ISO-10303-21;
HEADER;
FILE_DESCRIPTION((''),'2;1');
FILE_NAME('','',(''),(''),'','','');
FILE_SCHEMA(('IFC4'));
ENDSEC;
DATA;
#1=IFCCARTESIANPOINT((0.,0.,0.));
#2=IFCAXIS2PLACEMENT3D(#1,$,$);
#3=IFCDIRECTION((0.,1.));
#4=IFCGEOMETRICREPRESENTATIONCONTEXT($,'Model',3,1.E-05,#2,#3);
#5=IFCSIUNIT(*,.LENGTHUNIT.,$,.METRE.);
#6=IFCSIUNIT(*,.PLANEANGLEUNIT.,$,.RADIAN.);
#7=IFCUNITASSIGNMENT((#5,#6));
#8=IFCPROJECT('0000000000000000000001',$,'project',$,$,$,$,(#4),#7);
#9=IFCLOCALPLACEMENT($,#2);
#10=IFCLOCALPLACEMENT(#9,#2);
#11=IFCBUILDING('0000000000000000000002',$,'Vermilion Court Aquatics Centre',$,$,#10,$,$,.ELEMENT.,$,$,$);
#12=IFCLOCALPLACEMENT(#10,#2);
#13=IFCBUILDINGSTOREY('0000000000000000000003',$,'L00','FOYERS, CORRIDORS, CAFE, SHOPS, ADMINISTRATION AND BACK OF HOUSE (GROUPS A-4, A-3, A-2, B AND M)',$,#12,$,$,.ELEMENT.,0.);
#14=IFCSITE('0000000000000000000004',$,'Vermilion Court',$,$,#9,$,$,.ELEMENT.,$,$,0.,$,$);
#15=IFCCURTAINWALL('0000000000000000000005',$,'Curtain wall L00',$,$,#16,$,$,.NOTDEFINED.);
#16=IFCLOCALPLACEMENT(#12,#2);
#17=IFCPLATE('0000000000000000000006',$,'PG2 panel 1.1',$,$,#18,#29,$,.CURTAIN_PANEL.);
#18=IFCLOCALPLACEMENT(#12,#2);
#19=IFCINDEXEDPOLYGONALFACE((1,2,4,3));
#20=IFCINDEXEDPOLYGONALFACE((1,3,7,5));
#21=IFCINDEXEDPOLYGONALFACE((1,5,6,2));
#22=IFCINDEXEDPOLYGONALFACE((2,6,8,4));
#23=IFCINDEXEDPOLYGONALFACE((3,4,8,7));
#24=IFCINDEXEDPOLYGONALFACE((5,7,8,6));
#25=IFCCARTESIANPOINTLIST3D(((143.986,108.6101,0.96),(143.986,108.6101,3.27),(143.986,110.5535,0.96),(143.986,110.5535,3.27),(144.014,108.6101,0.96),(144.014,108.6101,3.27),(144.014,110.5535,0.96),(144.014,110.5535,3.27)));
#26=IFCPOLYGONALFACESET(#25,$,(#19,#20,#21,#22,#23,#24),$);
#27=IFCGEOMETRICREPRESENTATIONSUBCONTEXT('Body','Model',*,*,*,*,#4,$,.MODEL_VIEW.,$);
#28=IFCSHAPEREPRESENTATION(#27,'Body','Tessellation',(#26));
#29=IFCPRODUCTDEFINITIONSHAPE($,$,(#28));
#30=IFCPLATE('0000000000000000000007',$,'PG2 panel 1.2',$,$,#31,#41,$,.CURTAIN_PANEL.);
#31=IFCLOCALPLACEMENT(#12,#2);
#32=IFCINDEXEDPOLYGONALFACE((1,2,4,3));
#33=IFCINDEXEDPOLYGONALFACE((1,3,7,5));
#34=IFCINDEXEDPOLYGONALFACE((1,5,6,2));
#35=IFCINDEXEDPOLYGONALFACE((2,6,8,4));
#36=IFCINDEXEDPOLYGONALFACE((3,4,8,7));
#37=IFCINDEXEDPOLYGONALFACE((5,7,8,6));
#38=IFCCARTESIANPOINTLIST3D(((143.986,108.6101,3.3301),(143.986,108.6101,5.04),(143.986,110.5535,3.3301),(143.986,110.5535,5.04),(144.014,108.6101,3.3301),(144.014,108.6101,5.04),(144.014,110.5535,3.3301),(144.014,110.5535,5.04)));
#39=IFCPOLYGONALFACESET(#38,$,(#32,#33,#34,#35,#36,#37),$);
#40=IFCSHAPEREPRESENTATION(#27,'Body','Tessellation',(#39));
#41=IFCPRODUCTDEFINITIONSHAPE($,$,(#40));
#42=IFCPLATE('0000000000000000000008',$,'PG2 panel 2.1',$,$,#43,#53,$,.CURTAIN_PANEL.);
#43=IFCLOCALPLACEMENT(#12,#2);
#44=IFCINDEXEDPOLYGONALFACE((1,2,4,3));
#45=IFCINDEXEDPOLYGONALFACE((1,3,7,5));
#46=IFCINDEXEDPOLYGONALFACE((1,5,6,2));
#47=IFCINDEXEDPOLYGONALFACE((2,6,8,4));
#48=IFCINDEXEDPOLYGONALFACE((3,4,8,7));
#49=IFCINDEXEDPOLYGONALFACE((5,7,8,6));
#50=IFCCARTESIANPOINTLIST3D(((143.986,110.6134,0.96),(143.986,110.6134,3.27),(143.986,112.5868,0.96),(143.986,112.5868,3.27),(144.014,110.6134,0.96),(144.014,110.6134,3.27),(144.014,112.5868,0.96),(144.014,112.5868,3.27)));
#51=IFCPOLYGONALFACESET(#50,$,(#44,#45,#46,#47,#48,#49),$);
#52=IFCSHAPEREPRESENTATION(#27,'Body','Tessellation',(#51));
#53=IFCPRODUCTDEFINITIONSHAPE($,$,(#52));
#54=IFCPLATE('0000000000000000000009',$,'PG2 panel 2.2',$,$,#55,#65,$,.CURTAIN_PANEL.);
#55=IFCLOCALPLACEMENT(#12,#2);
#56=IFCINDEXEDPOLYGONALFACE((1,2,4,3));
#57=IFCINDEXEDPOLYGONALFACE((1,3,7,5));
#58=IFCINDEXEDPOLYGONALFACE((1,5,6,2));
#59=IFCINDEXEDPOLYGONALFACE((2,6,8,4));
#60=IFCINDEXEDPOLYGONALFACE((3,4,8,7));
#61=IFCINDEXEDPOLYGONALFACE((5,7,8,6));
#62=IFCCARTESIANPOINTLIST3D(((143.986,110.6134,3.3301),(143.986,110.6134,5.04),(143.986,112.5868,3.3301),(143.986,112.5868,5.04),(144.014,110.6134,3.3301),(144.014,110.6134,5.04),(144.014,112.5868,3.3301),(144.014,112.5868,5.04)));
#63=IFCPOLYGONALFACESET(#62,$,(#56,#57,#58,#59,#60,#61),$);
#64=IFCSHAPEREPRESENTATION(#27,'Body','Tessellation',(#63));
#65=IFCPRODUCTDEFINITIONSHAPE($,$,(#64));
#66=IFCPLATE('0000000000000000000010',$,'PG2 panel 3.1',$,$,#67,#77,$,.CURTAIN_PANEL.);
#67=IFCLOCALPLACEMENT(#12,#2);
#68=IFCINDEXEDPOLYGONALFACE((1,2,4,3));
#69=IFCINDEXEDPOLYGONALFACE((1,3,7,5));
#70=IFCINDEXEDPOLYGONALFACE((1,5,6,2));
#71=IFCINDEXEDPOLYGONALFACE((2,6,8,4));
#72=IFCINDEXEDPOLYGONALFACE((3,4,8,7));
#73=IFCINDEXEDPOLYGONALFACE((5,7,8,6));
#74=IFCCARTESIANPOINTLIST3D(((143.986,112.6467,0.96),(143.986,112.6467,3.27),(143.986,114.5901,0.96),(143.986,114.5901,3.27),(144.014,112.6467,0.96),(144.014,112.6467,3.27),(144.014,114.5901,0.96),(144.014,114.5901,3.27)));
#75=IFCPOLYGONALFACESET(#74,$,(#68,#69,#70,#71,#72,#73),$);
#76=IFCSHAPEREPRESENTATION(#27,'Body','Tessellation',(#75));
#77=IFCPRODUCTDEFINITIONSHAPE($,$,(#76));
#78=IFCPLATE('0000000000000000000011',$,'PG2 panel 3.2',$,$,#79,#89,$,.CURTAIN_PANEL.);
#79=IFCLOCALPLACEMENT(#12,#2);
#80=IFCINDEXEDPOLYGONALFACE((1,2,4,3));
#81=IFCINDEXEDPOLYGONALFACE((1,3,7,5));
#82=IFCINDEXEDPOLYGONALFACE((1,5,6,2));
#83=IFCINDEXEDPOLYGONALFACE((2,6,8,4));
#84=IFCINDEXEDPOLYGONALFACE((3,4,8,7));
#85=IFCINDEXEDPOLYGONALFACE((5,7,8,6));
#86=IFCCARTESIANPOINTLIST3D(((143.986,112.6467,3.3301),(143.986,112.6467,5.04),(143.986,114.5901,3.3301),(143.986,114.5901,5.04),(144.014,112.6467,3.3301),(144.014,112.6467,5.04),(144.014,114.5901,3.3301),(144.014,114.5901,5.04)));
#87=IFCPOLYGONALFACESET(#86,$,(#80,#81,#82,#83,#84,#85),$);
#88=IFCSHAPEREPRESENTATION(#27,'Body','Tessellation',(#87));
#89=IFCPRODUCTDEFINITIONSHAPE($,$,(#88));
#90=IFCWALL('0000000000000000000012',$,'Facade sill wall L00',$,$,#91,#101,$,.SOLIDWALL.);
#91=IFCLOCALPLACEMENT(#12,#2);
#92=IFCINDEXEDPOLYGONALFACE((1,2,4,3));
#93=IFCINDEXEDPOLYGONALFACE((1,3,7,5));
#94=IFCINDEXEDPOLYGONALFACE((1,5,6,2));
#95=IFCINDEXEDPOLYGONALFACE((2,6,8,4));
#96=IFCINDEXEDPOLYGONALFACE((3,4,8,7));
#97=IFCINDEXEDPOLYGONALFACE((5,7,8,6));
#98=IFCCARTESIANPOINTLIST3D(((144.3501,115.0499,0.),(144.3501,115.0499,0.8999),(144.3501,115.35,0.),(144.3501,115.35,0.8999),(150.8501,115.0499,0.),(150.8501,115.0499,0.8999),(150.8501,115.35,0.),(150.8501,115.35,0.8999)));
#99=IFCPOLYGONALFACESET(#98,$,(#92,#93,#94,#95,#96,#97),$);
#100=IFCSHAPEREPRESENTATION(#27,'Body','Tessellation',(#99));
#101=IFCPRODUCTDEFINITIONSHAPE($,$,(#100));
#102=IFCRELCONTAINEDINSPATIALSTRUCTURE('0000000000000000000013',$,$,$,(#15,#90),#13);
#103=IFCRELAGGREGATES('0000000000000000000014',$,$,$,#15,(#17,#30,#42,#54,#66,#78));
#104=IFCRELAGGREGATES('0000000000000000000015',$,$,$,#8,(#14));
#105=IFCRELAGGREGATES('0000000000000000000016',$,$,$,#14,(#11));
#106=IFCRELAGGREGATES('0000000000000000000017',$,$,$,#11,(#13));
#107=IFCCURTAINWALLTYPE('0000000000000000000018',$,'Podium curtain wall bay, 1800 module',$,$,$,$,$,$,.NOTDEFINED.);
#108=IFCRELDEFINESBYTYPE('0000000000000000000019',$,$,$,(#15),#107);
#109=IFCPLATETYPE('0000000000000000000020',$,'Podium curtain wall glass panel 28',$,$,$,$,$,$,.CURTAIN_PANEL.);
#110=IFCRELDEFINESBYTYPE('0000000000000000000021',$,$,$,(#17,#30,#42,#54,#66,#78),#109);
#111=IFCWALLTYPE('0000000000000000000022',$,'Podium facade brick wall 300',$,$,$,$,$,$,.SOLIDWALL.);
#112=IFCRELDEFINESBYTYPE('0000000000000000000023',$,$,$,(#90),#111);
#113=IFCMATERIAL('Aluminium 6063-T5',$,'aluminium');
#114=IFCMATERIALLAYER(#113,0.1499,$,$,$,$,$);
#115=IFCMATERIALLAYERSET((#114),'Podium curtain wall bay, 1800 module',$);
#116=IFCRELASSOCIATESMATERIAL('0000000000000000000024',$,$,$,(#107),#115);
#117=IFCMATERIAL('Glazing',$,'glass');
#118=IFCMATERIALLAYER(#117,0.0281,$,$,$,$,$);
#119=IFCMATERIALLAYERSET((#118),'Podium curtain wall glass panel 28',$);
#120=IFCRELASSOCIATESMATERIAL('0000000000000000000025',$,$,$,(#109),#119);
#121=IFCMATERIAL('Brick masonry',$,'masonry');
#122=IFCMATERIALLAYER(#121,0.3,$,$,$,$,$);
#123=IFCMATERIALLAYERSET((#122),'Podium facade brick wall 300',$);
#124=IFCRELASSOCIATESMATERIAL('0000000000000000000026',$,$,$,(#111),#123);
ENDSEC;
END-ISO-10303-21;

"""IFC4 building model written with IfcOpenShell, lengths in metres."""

from ifc_helpers import new_model, si_unit, direction, frame, frame_2d, origin, origin_2d, place, context, subcontext, project, spatial, rectangle, extrude, material, layer, layer_set, type_object, element, aggregate, save


model = new_model("IFC4")

# Units and contexts
model_context = context("Model", 3, precision=1e-05, world=origin(), true_north=direction((0.0, 1.0)))
body_context = subcontext(model_context, "Body", "Model", "MODEL_VIEW")
ifc_project = project(units=[si_unit("LENGTHUNIT", "METRE"), si_unit("PLANEANGLEUNIT", "RADIAN")], contexts=[model_context])

# Site, building, storey
site_placement = place(None, origin())
site = spatial("IfcSite", under=ifc_project, at=site_placement, Name="Vermilion Court", CompositionType="ELEMENT", RefElevation=0.0)
building_placement = place(site_placement, origin())
building = spatial("IfcBuilding", under=site, at=building_placement, Name="Vermilion Court Aquatics Centre", CompositionType="ELEMENT")
storey_placement = place(building_placement, origin())
storey = spatial("IfcBuildingStorey", under=building, at=storey_placement, Name="L00", Description="FOYERS, CORRIDORS, CAFE, SHOPS, ADMINISTRATION AND BACK OF HOUSE (GROUPS A-4, A-3, A-2, B AND M)", CompositionType="ELEMENT", Elevation=0.0)

# Shared definitions
ifc_material_1 = material(Name="Aluminium 6063-T5", Category="aluminium")
ifc_layer_1 = layer(ifc_material_1, 0.1499)
ifc_layer_set_1 = layer_set([ifc_layer_1], Name="Podium curtain wall bay, 1800 module")
curtain_wall_type = type_object("IfcCurtainWallType", Name="Podium curtain wall bay, 1800 module", PredefinedType="NOTDEFINED", material=ifc_layer_set_1)

# Curtain wall
curtain_wall_1_placement = place(storey_placement, origin())
curtain_wall_1 = element("IfcCurtainWall", 1, at=curtain_wall_1_placement, inside=storey, type_object=curtain_wall_type, Name="Curtain wall L00", PredefinedType="NOTDEFINED")

# Plates
ifc_material_2 = material(Name="Glazing", Category="glass")
ifc_layer_2 = layer(ifc_material_2, 0.0281)
ifc_layer_set_2 = layer_set([ifc_layer_2], Name="Podium curtain wall glass panel 28")
plate_type = type_object("IfcPlateType", Name="Podium curtain wall glass panel 28", PredefinedType="CURTAIN_PANEL", material=ifc_layer_set_2)
plate_1_placement = place(storey_placement, frame((144.0, 109.5818, 0.96), z_axis=(0.0, 0.0, 1.0), x_axis=(0.0, 1.0, 0.0)))
plate_1 = element("IfcPlate", 2, at=plate_1_placement, type_object=plate_type, Name="PG2 panel 1.1", PredefinedType="CURTAIN_PANEL", context=body_context, shape_type="SweptSolid", body=[
    extrude(rectangle(XDim=1.9434, YDim=0.0281, at=origin_2d()), origin(), (0.0, 0.0, 1.0), 2.3101),
])
plate_2_placement = place(storey_placement, frame((144.0, 109.5818, 3.3301), z_axis=(0.0, 0.0, 1.0), x_axis=(0.0, 1.0, 0.0)))
plate_2 = element("IfcPlate", 3, at=plate_2_placement, type_object=plate_type, Name="PG2 panel 1.2", PredefinedType="CURTAIN_PANEL", context=body_context, shape_type="SweptSolid", body=[
    extrude(rectangle(XDim=1.9434, YDim=0.0281, at=origin_2d()), origin(), (0.0, 0.0, 1.0), 1.71),
])
plate_3_placement = place(storey_placement, frame((144.0, 111.6001, 0.96), z_axis=(0.0, 0.0, 1.0), x_axis=(0.0, 1.0, 0.0)))
plate_3 = element("IfcPlate", 4, at=plate_3_placement, type_object=plate_type, Name="PG2 panel 2.1", PredefinedType="CURTAIN_PANEL", context=body_context, shape_type="SweptSolid", body=[
    extrude(rectangle(XDim=1.9734, YDim=0.0281, at=origin_2d()), origin(), (0.0, 0.0, 1.0), 2.3101),
])
plate_4_placement = place(storey_placement, frame((144.0, 111.6001, 3.3301), z_axis=(0.0, 0.0, 1.0), x_axis=(0.0, 1.0, 0.0)))
plate_4 = element("IfcPlate", 5, at=plate_4_placement, type_object=plate_type, Name="PG2 panel 2.2", PredefinedType="CURTAIN_PANEL", context=body_context, shape_type="SweptSolid", body=[
    extrude(rectangle(XDim=1.9734, YDim=0.0281, at=origin_2d()), origin(), (0.0, 0.0, 1.0), 1.71),
])
plate_5_placement = place(storey_placement, frame((144.0, 113.6184, 0.96), z_axis=(0.0, 0.0, 1.0), x_axis=(0.0, 1.0, 0.0)))
plate_5 = element("IfcPlate", 6, at=plate_5_placement, type_object=plate_type, Name="PG2 panel 3.1", PredefinedType="CURTAIN_PANEL", context=body_context, shape_type="SweptSolid", body=[
    extrude(rectangle(XDim=1.9434, YDim=0.0281, at=origin_2d()), origin(), (0.0, 0.0, 1.0), 2.3101),
])
plate_6_placement = place(storey_placement, frame((144.0, 113.6184, 3.3301), z_axis=(0.0, 0.0, 1.0), x_axis=(0.0, 1.0, 0.0)))
plate_6 = element("IfcPlate", 7, at=plate_6_placement, type_object=plate_type, Name="PG2 panel 3.2", PredefinedType="CURTAIN_PANEL", context=body_context, shape_type="SweptSolid", body=[
    extrude(rectangle(XDim=1.9434, YDim=0.0281, at=origin_2d()), origin(), (0.0, 0.0, 1.0), 1.71),
])
aggregate(curtain_wall_1, [plate_1, plate_2, plate_3, plate_4, plate_5, plate_6])

# Wall
ifc_material_3 = material(Name="Brick masonry", Category="masonry")
ifc_layer_3 = layer(ifc_material_3, 0.3)
ifc_layer_set_3 = layer_set([ifc_layer_3], Name="Podium facade brick wall 300")
wall_type = type_object("IfcWallType", Name="Podium facade brick wall 300", PredefinedType="SOLIDWALL", material=ifc_layer_set_3)
wall_placement = place(storey_placement, frame((144.3501, 115.2, 0.0), z_axis=(0.0, 0.0, 1.0), x_axis=(1.0, 0.0, 0.0)))
element("IfcWall", 8, at=wall_placement, inside=storey, type_object=wall_type, Name="Facade sill wall L00", PredefinedType="SOLIDWALL", context=body_context, shape_type="SweptSolid", body=[
    extrude(rectangle(XDim=6.5, YDim=0.3, at=frame_2d((3.25, 0.0))), origin(), (0.0, 0.0, 1.0), 0.8999),
])

save(model, "model.ifc")
